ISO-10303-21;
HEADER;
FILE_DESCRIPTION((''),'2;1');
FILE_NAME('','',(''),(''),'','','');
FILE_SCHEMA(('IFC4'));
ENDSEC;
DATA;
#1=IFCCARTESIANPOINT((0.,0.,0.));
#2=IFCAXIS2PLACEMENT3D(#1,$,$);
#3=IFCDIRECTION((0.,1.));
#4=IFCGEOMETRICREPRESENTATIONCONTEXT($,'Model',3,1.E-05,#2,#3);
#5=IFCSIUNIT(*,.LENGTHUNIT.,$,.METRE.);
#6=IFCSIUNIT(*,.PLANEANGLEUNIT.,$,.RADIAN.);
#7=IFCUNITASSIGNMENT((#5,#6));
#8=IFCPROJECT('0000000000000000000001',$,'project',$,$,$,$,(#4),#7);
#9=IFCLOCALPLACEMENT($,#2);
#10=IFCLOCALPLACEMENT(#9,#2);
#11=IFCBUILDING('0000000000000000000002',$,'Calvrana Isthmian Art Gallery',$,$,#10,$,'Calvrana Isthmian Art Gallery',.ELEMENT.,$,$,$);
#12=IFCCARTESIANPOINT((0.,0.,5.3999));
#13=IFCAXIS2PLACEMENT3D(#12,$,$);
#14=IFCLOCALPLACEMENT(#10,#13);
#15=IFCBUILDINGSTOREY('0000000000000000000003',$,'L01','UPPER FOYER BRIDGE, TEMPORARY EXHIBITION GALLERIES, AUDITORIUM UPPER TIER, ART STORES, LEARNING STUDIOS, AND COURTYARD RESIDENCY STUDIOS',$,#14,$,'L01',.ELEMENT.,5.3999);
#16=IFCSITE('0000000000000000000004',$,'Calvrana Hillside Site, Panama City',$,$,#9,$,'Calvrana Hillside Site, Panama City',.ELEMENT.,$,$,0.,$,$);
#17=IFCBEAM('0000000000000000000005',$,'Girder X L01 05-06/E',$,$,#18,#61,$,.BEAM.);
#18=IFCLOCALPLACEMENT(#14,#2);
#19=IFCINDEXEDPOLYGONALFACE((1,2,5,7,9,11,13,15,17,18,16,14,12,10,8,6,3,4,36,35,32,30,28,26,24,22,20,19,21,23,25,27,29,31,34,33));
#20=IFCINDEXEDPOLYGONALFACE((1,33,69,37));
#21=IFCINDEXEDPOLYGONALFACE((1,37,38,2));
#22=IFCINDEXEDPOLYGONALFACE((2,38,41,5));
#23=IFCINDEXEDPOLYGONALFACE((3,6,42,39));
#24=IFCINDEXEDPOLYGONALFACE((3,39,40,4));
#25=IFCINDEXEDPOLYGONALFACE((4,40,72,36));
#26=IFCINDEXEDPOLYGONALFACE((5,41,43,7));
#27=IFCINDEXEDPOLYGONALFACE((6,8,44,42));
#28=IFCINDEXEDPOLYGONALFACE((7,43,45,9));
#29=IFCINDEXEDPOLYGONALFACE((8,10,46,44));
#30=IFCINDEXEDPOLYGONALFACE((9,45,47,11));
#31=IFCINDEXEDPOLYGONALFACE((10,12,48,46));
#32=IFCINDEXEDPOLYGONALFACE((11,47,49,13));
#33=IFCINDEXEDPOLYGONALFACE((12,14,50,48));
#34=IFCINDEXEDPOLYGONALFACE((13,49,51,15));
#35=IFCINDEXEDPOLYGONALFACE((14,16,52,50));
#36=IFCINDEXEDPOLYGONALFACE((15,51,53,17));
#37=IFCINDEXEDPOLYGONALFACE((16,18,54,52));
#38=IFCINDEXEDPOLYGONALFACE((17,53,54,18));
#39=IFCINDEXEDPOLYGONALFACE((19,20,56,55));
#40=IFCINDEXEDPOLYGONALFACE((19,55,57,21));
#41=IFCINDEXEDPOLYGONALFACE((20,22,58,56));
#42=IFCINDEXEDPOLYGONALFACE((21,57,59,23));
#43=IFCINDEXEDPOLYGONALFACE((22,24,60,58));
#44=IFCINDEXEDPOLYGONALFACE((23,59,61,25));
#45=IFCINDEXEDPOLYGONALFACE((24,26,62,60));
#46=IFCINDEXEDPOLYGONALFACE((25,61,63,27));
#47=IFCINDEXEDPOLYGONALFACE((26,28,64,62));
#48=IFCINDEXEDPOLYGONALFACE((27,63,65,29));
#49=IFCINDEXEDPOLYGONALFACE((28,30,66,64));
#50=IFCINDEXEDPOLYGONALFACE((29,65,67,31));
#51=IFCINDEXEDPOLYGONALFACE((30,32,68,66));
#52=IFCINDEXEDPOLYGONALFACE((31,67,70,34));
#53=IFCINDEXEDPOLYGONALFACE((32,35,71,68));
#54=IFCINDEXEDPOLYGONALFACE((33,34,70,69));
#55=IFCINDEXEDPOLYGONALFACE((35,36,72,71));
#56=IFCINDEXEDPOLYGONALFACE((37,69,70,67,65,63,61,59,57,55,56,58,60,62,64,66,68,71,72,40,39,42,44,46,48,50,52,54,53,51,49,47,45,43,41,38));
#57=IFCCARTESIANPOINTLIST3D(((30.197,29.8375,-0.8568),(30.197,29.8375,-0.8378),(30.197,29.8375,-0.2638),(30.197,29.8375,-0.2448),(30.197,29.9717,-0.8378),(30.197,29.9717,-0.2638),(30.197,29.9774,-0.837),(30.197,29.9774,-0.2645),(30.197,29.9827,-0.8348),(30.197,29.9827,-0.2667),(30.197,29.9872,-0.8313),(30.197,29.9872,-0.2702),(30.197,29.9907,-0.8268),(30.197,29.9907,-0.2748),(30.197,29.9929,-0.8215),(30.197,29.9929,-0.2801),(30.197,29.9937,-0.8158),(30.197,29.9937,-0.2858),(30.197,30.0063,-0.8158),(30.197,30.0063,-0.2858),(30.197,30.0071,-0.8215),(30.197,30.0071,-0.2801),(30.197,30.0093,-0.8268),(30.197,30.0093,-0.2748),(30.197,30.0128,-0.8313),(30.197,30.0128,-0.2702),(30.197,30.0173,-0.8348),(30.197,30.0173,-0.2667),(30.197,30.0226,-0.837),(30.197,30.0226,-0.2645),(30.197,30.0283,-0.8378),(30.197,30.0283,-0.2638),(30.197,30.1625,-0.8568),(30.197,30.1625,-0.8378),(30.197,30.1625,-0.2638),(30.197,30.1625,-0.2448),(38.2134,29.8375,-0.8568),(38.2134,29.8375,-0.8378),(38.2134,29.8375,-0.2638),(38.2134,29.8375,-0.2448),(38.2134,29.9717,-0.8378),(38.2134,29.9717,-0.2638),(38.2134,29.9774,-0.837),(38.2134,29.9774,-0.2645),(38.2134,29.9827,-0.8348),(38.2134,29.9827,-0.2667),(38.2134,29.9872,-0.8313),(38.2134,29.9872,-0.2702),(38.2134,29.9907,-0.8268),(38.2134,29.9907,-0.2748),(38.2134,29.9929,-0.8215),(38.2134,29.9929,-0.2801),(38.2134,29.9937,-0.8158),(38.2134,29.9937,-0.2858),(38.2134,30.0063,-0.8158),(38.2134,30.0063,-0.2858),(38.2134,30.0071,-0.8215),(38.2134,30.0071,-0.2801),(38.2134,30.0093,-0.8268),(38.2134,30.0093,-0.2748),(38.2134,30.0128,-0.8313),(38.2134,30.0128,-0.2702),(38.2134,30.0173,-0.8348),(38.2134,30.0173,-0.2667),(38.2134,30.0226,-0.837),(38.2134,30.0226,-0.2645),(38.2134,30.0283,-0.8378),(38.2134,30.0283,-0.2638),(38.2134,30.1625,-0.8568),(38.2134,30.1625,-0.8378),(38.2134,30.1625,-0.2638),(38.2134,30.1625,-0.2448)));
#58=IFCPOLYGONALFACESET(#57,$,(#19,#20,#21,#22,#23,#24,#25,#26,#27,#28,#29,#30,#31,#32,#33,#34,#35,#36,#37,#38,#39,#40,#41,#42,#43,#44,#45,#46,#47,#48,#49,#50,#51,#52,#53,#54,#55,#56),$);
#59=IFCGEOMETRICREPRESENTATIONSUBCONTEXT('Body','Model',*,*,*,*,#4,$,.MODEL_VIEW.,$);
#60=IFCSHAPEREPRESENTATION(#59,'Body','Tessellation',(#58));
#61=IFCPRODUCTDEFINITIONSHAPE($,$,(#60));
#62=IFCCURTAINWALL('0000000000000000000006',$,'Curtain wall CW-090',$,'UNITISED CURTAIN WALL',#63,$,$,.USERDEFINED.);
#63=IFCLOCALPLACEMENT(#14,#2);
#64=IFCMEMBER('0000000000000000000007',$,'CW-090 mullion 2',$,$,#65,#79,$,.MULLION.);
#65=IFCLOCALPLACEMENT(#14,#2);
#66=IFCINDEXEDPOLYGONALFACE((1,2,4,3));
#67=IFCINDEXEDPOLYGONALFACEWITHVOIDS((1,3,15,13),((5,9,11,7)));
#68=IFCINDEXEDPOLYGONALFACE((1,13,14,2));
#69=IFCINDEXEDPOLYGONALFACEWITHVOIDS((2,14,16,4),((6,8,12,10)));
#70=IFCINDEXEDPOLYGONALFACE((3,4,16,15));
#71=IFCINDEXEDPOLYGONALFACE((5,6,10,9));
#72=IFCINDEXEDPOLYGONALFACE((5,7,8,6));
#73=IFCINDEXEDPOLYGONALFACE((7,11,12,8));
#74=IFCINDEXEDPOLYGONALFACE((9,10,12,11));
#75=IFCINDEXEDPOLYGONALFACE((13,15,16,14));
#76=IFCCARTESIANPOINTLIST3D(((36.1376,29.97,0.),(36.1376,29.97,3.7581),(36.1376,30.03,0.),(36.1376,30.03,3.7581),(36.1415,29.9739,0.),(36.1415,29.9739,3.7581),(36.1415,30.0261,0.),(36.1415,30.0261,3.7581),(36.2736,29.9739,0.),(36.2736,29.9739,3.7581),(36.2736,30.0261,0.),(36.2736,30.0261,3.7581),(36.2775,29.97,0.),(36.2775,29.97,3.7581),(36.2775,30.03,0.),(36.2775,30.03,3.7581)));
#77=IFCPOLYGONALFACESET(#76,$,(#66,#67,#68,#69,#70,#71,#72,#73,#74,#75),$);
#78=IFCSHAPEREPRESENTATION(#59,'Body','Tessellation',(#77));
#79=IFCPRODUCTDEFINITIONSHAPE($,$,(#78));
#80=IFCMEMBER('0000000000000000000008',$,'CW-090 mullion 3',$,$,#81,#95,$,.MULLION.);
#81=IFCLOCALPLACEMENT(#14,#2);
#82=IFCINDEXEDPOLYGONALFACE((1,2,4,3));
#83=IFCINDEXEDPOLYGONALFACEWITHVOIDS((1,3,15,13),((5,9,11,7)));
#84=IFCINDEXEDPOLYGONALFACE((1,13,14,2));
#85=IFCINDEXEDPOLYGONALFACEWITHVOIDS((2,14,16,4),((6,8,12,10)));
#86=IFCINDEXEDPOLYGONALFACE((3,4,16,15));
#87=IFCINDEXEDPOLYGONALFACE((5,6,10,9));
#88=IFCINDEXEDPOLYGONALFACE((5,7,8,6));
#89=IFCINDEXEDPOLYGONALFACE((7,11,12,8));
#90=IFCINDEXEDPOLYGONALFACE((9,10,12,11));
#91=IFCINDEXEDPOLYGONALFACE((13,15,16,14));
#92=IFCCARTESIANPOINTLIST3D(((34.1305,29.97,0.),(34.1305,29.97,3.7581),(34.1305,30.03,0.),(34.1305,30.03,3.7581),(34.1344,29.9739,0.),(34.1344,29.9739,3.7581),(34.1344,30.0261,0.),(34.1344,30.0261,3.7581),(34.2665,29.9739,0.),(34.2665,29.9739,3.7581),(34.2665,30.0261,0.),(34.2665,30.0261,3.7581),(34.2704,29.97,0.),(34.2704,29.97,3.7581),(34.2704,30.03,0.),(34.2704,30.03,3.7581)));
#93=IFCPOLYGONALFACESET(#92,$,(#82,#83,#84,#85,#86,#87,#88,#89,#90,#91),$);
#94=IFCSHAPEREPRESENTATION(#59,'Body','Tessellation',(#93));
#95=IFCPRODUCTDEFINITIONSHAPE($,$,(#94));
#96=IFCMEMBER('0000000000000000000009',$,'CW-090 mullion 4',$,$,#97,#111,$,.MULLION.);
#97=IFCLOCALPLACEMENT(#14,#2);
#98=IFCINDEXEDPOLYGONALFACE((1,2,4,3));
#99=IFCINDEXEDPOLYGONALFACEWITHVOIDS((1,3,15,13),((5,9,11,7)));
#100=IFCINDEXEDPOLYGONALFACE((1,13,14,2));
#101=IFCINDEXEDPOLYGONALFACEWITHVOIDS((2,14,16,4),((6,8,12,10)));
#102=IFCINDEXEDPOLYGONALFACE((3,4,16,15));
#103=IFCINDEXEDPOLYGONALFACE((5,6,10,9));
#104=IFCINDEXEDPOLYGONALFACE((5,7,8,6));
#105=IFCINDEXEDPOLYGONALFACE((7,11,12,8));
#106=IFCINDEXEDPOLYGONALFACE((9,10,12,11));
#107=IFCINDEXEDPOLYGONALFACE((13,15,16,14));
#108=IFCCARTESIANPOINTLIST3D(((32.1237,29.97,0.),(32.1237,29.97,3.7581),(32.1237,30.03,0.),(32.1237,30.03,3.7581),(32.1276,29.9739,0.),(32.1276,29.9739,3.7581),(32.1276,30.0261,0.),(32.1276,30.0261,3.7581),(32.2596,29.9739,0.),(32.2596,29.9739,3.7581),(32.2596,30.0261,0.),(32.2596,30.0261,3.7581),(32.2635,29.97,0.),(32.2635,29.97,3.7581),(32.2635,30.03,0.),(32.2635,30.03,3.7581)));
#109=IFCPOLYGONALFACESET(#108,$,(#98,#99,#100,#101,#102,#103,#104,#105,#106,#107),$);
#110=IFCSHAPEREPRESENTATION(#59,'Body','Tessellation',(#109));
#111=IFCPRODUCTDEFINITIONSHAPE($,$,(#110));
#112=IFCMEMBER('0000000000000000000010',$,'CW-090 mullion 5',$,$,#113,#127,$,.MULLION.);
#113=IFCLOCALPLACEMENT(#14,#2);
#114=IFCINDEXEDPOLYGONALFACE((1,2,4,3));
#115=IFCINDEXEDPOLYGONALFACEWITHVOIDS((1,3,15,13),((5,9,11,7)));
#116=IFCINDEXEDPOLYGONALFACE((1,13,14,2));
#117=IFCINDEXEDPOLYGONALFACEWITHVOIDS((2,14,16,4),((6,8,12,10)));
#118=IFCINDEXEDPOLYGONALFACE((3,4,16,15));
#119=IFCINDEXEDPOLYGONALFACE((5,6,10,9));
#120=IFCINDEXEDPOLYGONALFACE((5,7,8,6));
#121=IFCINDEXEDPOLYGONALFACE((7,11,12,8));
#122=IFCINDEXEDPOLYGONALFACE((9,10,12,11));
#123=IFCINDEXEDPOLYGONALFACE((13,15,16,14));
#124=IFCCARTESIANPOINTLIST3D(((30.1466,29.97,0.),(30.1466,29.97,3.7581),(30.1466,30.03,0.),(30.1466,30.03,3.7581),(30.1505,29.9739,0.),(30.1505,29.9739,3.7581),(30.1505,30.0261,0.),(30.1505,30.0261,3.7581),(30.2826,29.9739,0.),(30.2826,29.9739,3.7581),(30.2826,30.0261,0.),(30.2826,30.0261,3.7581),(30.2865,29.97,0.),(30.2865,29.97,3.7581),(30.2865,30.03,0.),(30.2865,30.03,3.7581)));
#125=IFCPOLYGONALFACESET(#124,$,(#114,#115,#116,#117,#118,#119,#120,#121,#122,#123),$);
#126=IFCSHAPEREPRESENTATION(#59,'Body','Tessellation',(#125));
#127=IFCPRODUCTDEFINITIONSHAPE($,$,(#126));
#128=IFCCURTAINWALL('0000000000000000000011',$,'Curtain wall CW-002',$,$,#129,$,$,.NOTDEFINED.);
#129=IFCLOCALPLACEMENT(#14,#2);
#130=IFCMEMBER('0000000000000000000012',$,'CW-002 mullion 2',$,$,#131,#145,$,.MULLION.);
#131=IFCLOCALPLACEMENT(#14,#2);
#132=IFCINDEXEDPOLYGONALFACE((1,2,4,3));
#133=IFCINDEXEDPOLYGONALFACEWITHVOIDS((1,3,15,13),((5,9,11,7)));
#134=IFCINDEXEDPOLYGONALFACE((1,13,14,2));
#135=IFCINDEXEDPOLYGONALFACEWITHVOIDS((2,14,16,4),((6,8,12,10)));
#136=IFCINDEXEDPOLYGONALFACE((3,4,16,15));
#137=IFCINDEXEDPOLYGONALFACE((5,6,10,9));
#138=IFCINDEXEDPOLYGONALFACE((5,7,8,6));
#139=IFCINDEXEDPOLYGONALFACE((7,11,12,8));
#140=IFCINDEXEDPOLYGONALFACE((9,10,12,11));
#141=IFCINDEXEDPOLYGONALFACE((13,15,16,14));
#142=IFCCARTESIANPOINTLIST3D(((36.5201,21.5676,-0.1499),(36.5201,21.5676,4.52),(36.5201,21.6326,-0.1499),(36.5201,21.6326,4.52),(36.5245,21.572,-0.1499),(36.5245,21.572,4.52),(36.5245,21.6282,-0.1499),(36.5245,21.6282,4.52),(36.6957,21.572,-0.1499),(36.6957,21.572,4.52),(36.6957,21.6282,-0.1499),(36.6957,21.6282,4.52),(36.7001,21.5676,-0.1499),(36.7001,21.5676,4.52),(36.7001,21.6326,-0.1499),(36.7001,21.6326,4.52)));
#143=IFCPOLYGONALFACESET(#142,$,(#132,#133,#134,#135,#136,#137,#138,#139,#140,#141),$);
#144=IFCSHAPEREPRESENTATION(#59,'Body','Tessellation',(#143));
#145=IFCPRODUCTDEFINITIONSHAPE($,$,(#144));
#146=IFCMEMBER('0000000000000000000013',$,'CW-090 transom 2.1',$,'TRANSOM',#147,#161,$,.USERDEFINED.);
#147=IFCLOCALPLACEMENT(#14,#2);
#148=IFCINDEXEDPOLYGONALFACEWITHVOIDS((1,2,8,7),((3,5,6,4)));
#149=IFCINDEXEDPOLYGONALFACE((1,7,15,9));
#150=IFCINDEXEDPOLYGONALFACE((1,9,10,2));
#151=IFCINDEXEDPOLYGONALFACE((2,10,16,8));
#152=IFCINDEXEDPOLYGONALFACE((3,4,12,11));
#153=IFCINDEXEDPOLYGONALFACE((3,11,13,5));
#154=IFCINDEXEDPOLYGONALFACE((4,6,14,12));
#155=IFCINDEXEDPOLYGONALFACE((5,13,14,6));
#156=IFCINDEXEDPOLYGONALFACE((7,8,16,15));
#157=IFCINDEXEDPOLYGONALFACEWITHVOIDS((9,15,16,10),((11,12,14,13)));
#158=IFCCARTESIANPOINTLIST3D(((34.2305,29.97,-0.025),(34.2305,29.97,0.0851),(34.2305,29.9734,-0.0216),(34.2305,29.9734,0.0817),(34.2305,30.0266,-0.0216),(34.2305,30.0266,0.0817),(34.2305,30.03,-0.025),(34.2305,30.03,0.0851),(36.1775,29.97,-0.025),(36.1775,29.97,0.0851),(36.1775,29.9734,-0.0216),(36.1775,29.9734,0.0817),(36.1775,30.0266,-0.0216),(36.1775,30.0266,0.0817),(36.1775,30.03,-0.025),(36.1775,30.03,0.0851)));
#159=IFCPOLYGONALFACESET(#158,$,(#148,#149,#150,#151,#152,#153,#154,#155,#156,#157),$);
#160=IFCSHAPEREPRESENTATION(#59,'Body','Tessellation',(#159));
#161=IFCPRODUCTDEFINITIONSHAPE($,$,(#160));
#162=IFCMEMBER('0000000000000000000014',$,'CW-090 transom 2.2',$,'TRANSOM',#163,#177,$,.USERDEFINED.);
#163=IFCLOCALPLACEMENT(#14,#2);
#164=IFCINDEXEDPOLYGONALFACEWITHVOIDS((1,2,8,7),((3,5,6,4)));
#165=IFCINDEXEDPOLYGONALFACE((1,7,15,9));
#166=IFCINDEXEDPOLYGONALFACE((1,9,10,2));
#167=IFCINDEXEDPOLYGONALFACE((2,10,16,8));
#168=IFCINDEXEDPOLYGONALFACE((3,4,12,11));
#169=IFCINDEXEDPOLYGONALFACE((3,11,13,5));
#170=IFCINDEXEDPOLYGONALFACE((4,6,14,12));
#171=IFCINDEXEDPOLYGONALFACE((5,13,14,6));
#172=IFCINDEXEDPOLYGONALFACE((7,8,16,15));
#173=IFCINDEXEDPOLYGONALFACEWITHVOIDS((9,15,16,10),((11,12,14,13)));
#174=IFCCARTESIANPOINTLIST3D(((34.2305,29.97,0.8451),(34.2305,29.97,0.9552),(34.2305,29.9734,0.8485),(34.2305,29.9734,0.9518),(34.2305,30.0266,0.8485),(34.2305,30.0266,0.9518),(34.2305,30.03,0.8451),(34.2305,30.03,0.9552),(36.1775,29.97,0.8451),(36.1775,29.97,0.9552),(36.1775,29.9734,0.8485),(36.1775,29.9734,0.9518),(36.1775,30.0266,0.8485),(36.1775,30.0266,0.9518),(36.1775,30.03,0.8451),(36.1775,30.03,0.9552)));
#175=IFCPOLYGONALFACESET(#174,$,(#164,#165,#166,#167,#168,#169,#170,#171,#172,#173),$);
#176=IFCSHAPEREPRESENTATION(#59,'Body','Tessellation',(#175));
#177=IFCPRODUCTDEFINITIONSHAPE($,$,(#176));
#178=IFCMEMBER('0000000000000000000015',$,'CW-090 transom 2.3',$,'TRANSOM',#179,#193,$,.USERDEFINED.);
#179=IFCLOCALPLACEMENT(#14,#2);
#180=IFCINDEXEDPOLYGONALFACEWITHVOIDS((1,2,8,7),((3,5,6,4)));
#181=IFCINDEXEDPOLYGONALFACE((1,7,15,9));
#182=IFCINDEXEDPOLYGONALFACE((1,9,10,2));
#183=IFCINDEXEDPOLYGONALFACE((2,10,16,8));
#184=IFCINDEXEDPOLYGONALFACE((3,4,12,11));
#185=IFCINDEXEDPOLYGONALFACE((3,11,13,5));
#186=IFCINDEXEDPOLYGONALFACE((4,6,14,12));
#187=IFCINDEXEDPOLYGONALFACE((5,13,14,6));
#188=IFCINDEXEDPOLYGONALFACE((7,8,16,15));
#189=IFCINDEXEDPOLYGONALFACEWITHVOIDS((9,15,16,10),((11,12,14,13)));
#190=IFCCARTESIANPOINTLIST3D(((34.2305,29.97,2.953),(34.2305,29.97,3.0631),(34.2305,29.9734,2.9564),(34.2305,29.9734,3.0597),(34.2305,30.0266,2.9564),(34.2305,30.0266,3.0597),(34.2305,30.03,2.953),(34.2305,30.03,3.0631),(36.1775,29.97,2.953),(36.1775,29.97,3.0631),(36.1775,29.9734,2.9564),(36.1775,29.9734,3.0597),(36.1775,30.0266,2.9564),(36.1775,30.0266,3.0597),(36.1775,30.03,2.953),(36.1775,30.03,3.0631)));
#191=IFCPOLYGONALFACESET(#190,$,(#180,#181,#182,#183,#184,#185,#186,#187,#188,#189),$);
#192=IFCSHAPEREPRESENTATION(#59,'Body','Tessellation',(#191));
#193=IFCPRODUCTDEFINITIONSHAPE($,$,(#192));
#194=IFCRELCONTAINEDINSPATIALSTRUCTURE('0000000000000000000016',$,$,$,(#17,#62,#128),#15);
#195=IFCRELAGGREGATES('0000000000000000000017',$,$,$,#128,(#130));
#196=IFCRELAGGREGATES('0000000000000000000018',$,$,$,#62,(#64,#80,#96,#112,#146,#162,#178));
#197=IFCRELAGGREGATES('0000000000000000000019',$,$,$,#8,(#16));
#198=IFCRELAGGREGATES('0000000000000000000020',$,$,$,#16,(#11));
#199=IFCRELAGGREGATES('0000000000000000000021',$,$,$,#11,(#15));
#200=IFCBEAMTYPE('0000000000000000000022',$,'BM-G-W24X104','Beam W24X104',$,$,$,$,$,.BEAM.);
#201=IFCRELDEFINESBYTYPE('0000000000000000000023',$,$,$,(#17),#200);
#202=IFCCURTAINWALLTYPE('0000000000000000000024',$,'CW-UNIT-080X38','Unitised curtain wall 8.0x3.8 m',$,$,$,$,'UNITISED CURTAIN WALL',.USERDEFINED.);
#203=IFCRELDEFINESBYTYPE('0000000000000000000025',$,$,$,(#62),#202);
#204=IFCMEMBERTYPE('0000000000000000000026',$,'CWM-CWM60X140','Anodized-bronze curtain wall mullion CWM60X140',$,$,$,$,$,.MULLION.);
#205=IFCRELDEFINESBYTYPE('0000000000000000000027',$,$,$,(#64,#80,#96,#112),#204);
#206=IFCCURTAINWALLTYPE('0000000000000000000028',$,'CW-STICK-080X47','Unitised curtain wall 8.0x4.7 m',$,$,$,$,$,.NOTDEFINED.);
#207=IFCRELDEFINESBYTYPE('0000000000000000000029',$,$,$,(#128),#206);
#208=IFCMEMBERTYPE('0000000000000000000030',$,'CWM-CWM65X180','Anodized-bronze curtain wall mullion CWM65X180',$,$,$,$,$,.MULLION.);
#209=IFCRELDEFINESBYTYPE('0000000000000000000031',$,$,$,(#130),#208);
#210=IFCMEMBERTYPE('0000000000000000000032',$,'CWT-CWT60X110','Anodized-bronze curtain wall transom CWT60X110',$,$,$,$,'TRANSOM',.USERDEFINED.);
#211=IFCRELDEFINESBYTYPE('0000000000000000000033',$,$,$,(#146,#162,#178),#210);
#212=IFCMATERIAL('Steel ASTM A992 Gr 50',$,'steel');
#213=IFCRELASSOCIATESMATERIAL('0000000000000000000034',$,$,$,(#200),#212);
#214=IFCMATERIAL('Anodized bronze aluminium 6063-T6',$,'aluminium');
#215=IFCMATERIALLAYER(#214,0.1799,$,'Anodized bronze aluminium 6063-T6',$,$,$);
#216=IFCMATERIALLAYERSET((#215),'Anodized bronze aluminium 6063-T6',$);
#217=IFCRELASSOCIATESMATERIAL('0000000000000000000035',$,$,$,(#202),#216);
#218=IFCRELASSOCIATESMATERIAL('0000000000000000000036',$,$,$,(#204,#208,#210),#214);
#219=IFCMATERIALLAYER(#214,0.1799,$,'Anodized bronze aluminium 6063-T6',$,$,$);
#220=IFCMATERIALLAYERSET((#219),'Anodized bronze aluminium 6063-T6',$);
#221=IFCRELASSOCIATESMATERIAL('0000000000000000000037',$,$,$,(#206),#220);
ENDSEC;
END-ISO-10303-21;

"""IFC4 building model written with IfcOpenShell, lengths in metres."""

from ifc_helpers import new_model, si_unit, direction, frame, origin, origin_2d, place, context, subcontext, project, spatial, hollow_rectangle, i_section, extrude, material, layer, layer_set, material_profile, profile_set, type_object, element, aggregate, save


model = new_model("IFC4")

# Units and contexts
model_context = context("Model", 3, precision=1e-05, world=origin(), true_north=direction((0.0, 1.0)))
body_context = subcontext(model_context, "Body", "Model", "MODEL_VIEW")
ifc_project = project(units=[si_unit("LENGTHUNIT", "METRE"), si_unit("PLANEANGLEUNIT", "RADIAN")], contexts=[model_context])

# Site, building, storey
site_placement = place(None, origin())
site = spatial("IfcSite", under=ifc_project, at=site_placement, Name="Calvrana Hillside Site, Panama City", LongName="Calvrana Hillside Site, Panama City", CompositionType="ELEMENT", RefElevation=0.0)
building_placement = place(site_placement, origin())
building = spatial("IfcBuilding", under=site, at=building_placement, Name="Calvrana Isthmian Art Gallery", LongName="Calvrana Isthmian Art Gallery", CompositionType="ELEMENT")
storey_placement = place(building_placement, frame((0.0, 0.0, 5.3999)))
storey = spatial("IfcBuildingStorey", under=building, at=storey_placement, Name="L01", Description="UPPER FOYER BRIDGE, TEMPORARY EXHIBITION GALLERIES, AUDITORIUM UPPER TIER, ART STORES, LEARNING STUDIOS, AND COURTYARD RESIDENCY STUDIOS", LongName="L01", CompositionType="ELEMENT", Elevation=5.3999)

# Beam
ifc_material_1 = material(Name="Steel ASTM A992 Gr 50", Category="steel")
ifc_material_profile_1 = material_profile(ifc_material_1, i_section(OverallWidth=0.325, OverallDepth=0.6121, WebThickness=0.0127, FlangeThickness=0.019, FilletRadius=0.022, at=origin_2d()), Name="W24X104")
ifc_profile_set_1 = profile_set([ifc_material_profile_1], Name="Steel ASTM A992 Gr 50")
beam_type = type_object("IfcBeamType", Name="BM-G-W24X104", Description="Beam W24X104", PredefinedType="BEAM", material=ifc_profile_set_1)
beam_placement = place(storey_placement, frame((30.197, 30.0, -0.5508), z_axis=(1.0, 0.0, 0.0), x_axis=(0.0, 1.0, 0.0)))
element("IfcBeam", 1, at=beam_placement, inside=storey, type_object=beam_type, Name="Girder X L01 05-06/E", PredefinedType="BEAM", context=body_context, shape_type="SweptSolid", body=[
    extrude(i_section(OverallWidth=0.325, OverallDepth=0.6121, WebThickness=0.0127, FlangeThickness=0.019, FilletRadius=0.022, at=origin_2d()), origin(), (0.0, 0.0, 1.0), 8.0164),
])

# Curtain wall, members
ifc_material_2 = material(Name="Anodized bronze aluminium 6063-T6", Category="aluminium")
ifc_layer_1 = layer(ifc_material_2, 0.1799, Name="Anodized bronze aluminium 6063-T6")
ifc_layer_set_1 = layer_set([ifc_layer_1], Name="Anodized bronze aluminium 6063-T6")
curtain_wall_type_1 = type_object("IfcCurtainWallType", Name="CW-UNIT-080X38", Description="Unitised curtain wall 8.0x3.8 m", ElementType="UNITISED CURTAIN WALL", PredefinedType="USERDEFINED", material=ifc_layer_set_1)
curtain_wall_1_placement = place(storey_placement, origin())
curtain_wall_1 = element("IfcCurtainWall", 2, at=curtain_wall_1_placement, inside=storey, type_object=curtain_wall_type_1, Name="Curtain wall CW-090", ObjectType="UNITISED CURTAIN WALL", PredefinedType="USERDEFINED")
ifc_material_profile_2 = material_profile(ifc_material_2, hollow_rectangle(XDim=0.0601, YDim=0.1399, WallThickness=0.0039, at=origin_2d()), Name="CWM60X140")
ifc_profile_set_2 = profile_set([ifc_material_profile_2], Name="Anodized bronze aluminium 6063-T6")
member_type_1 = type_object("IfcMemberType", Name="CWM-CWM60X140", Description="Anodized-bronze curtain wall mullion CWM60X140", PredefinedType="MULLION", material=ifc_profile_set_2)
member_1_placement = place(storey_placement, frame((36.2075, 30.0, 0.0), z_axis=(0.0, 0.0, 1.0), x_axis=(0.0, -1.0, 0.0)))
member_1 = element("IfcMember", 3, at=member_1_placement, type_object=member_type_1, Name="CW-090 mullion 2", PredefinedType="MULLION", context=body_context, shape_type="SweptSolid", body=[
    extrude(hollow_rectangle(XDim=0.0601, YDim=0.1399, WallThickness=0.0039, at=origin_2d()), origin(), (0.0, 0.0, 1.0), 3.7581),
])
member_2_placement = place(storey_placement, frame((34.2004, 30.0, 0.0), z_axis=(0.0, 0.0, 1.0), x_axis=(0.0, -1.0, 0.0)))
member_2 = element("IfcMember", 4, at=member_2_placement, type_object=member_type_1, Name="CW-090 mullion 3", PredefinedType="MULLION", context=body_context, shape_type="SweptSolid", body=[
    extrude(hollow_rectangle(XDim=0.0601, YDim=0.1399, WallThickness=0.0039, at=origin_2d()), origin(), (0.0, 0.0, 1.0), 3.7581),
])
member_3_placement = place(storey_placement, frame((32.1936, 30.0, 0.0), z_axis=(0.0, 0.0, 1.0), x_axis=(0.0, -1.0, 0.0)))
member_3 = element("IfcMember", 5, at=member_3_placement, type_object=member_type_1, Name="CW-090 mullion 4", PredefinedType="MULLION", context=body_context, shape_type="SweptSolid", body=[
    extrude(hollow_rectangle(XDim=0.0601, YDim=0.1399, WallThickness=0.0039, at=origin_2d()), origin(), (0.0, 0.0, 1.0), 3.7581),
])
member_4_placement = place(storey_placement, frame((30.2166, 30.0, 0.0), z_axis=(0.0, 0.0, 1.0), x_axis=(0.0, -1.0, 0.0)))
member_4 = element("IfcMember", 6, at=member_4_placement, type_object=member_type_1, Name="CW-090 mullion 5", PredefinedType="MULLION", context=body_context, shape_type="SweptSolid", body=[
    extrude(hollow_rectangle(XDim=0.0601, YDim=0.1399, WallThickness=0.0039, at=origin_2d()), origin(), (0.0, 0.0, 1.0), 3.7581),
])

# Curtain wall, member
ifc_layer_2 = layer(ifc_material_2, 0.1799, Name="Anodized bronze aluminium 6063-T6")
ifc_layer_set_2 = layer_set([ifc_layer_2], Name="Anodized bronze aluminium 6063-T6")
curtain_wall_type_2 = type_object("IfcCurtainWallType", Name="CW-STICK-080X47", Description="Unitised curtain wall 8.0x4.7 m", PredefinedType="NOTDEFINED", material=ifc_layer_set_2)
curtain_wall_2_placement = place(storey_placement, origin())
curtain_wall_2 = element("IfcCurtainWall", 7, at=curtain_wall_2_placement, inside=storey, type_object=curtain_wall_type_2, Name="Curtain wall CW-002", PredefinedType="NOTDEFINED")
ifc_material_profile_3 = material_profile(ifc_material_2, hollow_rectangle(XDim=0.0649, YDim=0.1799, WallThickness=0.0044, at=origin_2d()), Name="CWM65X180")
ifc_profile_set_3 = profile_set([ifc_material_profile_3], Name="Anodized bronze aluminium 6063-T6")
member_type_2 = type_object("IfcMemberType", Name="CWM-CWM65X180", Description="Anodized-bronze curtain wall mullion CWM65X180", PredefinedType="MULLION", material=ifc_profile_set_3)
member_5_placement = place(storey_placement, frame((36.6101, 21.6001, -0.1499), z_axis=(0.0, 0.0, 1.0), x_axis=(0.0, -1.0, 0.0)))
member_5 = element("IfcMember", 8, at=member_5_placement, type_object=member_type_2, Name="CW-002 mullion 2", PredefinedType="MULLION", context=body_context, shape_type="SweptSolid", body=[
    extrude(hollow_rectangle(XDim=0.0649, YDim=0.1799, WallThickness=0.0044, at=origin_2d()), origin(), (0.0, 0.0, 1.0), 4.6699),
])

# Members
ifc_material_profile_4 = material_profile(ifc_material_2, hollow_rectangle(XDim=0.0601, YDim=0.1101, WallThickness=0.0034, at=origin_2d()), Name="CWT60X110")
ifc_profile_set_4 = profile_set([ifc_material_profile_4], Name="Anodized bronze aluminium 6063-T6")
member_type_3 = type_object("IfcMemberType", Name="CWT-CWT60X110", Description="Anodized-bronze curtain wall transom CWT60X110", ElementType="TRANSOM", PredefinedType="USERDEFINED", material=ifc_profile_set_4)
member_6_placement = place(storey_placement, frame((36.1775, 30.0, 0.03), z_axis=(-1.0, 0.0, 0.0), x_axis=(0.0, -1.0, 0.0)))
member_6 = element("IfcMember", 9, at=member_6_placement, type_object=member_type_3, Name="CW-090 transom 2.1", ObjectType="TRANSOM", PredefinedType="USERDEFINED", context=body_context, shape_type="SweptSolid", body=[
    extrude(hollow_rectangle(XDim=0.0601, YDim=0.1101, WallThickness=0.0034, at=origin_2d()), origin(), (0.0, 0.0, 1.0), 1.947),
])
member_7_placement = place(storey_placement, frame((36.1775, 30.0, 0.9001), z_axis=(-1.0, 0.0, 0.0), x_axis=(0.0, -1.0, 0.0)))
member_7 = element("IfcMember", 10, at=member_7_placement, type_object=member_type_3, Name="CW-090 transom 2.2", ObjectType="TRANSOM", PredefinedType="USERDEFINED", context=body_context, shape_type="SweptSolid", body=[
    extrude(hollow_rectangle(XDim=0.0601, YDim=0.1101, WallThickness=0.0034, at=origin_2d()), origin(), (0.0, 0.0, 1.0), 1.947),
])
member_8_placement = place(storey_placement, frame((36.1775, 30.0, 3.0081), z_axis=(-1.0, 0.0, 0.0), x_axis=(0.0, -1.0, 0.0)))
member_8 = element("IfcMember", 11, at=member_8_placement, type_object=member_type_3, Name="CW-090 transom 2.3", ObjectType="TRANSOM", PredefinedType="USERDEFINED", context=body_context, shape_type="SweptSolid", body=[
    extrude(hollow_rectangle(XDim=0.0601, YDim=0.1101, WallThickness=0.0034, at=origin_2d()), origin(), (0.0, 0.0, 1.0), 1.947),
])
aggregate(curtain_wall_2, [member_5])

aggregate(curtain_wall_1, [member_1, member_2, member_3, member_4, member_6, member_7, member_8])

save(model, "model.ifc")
